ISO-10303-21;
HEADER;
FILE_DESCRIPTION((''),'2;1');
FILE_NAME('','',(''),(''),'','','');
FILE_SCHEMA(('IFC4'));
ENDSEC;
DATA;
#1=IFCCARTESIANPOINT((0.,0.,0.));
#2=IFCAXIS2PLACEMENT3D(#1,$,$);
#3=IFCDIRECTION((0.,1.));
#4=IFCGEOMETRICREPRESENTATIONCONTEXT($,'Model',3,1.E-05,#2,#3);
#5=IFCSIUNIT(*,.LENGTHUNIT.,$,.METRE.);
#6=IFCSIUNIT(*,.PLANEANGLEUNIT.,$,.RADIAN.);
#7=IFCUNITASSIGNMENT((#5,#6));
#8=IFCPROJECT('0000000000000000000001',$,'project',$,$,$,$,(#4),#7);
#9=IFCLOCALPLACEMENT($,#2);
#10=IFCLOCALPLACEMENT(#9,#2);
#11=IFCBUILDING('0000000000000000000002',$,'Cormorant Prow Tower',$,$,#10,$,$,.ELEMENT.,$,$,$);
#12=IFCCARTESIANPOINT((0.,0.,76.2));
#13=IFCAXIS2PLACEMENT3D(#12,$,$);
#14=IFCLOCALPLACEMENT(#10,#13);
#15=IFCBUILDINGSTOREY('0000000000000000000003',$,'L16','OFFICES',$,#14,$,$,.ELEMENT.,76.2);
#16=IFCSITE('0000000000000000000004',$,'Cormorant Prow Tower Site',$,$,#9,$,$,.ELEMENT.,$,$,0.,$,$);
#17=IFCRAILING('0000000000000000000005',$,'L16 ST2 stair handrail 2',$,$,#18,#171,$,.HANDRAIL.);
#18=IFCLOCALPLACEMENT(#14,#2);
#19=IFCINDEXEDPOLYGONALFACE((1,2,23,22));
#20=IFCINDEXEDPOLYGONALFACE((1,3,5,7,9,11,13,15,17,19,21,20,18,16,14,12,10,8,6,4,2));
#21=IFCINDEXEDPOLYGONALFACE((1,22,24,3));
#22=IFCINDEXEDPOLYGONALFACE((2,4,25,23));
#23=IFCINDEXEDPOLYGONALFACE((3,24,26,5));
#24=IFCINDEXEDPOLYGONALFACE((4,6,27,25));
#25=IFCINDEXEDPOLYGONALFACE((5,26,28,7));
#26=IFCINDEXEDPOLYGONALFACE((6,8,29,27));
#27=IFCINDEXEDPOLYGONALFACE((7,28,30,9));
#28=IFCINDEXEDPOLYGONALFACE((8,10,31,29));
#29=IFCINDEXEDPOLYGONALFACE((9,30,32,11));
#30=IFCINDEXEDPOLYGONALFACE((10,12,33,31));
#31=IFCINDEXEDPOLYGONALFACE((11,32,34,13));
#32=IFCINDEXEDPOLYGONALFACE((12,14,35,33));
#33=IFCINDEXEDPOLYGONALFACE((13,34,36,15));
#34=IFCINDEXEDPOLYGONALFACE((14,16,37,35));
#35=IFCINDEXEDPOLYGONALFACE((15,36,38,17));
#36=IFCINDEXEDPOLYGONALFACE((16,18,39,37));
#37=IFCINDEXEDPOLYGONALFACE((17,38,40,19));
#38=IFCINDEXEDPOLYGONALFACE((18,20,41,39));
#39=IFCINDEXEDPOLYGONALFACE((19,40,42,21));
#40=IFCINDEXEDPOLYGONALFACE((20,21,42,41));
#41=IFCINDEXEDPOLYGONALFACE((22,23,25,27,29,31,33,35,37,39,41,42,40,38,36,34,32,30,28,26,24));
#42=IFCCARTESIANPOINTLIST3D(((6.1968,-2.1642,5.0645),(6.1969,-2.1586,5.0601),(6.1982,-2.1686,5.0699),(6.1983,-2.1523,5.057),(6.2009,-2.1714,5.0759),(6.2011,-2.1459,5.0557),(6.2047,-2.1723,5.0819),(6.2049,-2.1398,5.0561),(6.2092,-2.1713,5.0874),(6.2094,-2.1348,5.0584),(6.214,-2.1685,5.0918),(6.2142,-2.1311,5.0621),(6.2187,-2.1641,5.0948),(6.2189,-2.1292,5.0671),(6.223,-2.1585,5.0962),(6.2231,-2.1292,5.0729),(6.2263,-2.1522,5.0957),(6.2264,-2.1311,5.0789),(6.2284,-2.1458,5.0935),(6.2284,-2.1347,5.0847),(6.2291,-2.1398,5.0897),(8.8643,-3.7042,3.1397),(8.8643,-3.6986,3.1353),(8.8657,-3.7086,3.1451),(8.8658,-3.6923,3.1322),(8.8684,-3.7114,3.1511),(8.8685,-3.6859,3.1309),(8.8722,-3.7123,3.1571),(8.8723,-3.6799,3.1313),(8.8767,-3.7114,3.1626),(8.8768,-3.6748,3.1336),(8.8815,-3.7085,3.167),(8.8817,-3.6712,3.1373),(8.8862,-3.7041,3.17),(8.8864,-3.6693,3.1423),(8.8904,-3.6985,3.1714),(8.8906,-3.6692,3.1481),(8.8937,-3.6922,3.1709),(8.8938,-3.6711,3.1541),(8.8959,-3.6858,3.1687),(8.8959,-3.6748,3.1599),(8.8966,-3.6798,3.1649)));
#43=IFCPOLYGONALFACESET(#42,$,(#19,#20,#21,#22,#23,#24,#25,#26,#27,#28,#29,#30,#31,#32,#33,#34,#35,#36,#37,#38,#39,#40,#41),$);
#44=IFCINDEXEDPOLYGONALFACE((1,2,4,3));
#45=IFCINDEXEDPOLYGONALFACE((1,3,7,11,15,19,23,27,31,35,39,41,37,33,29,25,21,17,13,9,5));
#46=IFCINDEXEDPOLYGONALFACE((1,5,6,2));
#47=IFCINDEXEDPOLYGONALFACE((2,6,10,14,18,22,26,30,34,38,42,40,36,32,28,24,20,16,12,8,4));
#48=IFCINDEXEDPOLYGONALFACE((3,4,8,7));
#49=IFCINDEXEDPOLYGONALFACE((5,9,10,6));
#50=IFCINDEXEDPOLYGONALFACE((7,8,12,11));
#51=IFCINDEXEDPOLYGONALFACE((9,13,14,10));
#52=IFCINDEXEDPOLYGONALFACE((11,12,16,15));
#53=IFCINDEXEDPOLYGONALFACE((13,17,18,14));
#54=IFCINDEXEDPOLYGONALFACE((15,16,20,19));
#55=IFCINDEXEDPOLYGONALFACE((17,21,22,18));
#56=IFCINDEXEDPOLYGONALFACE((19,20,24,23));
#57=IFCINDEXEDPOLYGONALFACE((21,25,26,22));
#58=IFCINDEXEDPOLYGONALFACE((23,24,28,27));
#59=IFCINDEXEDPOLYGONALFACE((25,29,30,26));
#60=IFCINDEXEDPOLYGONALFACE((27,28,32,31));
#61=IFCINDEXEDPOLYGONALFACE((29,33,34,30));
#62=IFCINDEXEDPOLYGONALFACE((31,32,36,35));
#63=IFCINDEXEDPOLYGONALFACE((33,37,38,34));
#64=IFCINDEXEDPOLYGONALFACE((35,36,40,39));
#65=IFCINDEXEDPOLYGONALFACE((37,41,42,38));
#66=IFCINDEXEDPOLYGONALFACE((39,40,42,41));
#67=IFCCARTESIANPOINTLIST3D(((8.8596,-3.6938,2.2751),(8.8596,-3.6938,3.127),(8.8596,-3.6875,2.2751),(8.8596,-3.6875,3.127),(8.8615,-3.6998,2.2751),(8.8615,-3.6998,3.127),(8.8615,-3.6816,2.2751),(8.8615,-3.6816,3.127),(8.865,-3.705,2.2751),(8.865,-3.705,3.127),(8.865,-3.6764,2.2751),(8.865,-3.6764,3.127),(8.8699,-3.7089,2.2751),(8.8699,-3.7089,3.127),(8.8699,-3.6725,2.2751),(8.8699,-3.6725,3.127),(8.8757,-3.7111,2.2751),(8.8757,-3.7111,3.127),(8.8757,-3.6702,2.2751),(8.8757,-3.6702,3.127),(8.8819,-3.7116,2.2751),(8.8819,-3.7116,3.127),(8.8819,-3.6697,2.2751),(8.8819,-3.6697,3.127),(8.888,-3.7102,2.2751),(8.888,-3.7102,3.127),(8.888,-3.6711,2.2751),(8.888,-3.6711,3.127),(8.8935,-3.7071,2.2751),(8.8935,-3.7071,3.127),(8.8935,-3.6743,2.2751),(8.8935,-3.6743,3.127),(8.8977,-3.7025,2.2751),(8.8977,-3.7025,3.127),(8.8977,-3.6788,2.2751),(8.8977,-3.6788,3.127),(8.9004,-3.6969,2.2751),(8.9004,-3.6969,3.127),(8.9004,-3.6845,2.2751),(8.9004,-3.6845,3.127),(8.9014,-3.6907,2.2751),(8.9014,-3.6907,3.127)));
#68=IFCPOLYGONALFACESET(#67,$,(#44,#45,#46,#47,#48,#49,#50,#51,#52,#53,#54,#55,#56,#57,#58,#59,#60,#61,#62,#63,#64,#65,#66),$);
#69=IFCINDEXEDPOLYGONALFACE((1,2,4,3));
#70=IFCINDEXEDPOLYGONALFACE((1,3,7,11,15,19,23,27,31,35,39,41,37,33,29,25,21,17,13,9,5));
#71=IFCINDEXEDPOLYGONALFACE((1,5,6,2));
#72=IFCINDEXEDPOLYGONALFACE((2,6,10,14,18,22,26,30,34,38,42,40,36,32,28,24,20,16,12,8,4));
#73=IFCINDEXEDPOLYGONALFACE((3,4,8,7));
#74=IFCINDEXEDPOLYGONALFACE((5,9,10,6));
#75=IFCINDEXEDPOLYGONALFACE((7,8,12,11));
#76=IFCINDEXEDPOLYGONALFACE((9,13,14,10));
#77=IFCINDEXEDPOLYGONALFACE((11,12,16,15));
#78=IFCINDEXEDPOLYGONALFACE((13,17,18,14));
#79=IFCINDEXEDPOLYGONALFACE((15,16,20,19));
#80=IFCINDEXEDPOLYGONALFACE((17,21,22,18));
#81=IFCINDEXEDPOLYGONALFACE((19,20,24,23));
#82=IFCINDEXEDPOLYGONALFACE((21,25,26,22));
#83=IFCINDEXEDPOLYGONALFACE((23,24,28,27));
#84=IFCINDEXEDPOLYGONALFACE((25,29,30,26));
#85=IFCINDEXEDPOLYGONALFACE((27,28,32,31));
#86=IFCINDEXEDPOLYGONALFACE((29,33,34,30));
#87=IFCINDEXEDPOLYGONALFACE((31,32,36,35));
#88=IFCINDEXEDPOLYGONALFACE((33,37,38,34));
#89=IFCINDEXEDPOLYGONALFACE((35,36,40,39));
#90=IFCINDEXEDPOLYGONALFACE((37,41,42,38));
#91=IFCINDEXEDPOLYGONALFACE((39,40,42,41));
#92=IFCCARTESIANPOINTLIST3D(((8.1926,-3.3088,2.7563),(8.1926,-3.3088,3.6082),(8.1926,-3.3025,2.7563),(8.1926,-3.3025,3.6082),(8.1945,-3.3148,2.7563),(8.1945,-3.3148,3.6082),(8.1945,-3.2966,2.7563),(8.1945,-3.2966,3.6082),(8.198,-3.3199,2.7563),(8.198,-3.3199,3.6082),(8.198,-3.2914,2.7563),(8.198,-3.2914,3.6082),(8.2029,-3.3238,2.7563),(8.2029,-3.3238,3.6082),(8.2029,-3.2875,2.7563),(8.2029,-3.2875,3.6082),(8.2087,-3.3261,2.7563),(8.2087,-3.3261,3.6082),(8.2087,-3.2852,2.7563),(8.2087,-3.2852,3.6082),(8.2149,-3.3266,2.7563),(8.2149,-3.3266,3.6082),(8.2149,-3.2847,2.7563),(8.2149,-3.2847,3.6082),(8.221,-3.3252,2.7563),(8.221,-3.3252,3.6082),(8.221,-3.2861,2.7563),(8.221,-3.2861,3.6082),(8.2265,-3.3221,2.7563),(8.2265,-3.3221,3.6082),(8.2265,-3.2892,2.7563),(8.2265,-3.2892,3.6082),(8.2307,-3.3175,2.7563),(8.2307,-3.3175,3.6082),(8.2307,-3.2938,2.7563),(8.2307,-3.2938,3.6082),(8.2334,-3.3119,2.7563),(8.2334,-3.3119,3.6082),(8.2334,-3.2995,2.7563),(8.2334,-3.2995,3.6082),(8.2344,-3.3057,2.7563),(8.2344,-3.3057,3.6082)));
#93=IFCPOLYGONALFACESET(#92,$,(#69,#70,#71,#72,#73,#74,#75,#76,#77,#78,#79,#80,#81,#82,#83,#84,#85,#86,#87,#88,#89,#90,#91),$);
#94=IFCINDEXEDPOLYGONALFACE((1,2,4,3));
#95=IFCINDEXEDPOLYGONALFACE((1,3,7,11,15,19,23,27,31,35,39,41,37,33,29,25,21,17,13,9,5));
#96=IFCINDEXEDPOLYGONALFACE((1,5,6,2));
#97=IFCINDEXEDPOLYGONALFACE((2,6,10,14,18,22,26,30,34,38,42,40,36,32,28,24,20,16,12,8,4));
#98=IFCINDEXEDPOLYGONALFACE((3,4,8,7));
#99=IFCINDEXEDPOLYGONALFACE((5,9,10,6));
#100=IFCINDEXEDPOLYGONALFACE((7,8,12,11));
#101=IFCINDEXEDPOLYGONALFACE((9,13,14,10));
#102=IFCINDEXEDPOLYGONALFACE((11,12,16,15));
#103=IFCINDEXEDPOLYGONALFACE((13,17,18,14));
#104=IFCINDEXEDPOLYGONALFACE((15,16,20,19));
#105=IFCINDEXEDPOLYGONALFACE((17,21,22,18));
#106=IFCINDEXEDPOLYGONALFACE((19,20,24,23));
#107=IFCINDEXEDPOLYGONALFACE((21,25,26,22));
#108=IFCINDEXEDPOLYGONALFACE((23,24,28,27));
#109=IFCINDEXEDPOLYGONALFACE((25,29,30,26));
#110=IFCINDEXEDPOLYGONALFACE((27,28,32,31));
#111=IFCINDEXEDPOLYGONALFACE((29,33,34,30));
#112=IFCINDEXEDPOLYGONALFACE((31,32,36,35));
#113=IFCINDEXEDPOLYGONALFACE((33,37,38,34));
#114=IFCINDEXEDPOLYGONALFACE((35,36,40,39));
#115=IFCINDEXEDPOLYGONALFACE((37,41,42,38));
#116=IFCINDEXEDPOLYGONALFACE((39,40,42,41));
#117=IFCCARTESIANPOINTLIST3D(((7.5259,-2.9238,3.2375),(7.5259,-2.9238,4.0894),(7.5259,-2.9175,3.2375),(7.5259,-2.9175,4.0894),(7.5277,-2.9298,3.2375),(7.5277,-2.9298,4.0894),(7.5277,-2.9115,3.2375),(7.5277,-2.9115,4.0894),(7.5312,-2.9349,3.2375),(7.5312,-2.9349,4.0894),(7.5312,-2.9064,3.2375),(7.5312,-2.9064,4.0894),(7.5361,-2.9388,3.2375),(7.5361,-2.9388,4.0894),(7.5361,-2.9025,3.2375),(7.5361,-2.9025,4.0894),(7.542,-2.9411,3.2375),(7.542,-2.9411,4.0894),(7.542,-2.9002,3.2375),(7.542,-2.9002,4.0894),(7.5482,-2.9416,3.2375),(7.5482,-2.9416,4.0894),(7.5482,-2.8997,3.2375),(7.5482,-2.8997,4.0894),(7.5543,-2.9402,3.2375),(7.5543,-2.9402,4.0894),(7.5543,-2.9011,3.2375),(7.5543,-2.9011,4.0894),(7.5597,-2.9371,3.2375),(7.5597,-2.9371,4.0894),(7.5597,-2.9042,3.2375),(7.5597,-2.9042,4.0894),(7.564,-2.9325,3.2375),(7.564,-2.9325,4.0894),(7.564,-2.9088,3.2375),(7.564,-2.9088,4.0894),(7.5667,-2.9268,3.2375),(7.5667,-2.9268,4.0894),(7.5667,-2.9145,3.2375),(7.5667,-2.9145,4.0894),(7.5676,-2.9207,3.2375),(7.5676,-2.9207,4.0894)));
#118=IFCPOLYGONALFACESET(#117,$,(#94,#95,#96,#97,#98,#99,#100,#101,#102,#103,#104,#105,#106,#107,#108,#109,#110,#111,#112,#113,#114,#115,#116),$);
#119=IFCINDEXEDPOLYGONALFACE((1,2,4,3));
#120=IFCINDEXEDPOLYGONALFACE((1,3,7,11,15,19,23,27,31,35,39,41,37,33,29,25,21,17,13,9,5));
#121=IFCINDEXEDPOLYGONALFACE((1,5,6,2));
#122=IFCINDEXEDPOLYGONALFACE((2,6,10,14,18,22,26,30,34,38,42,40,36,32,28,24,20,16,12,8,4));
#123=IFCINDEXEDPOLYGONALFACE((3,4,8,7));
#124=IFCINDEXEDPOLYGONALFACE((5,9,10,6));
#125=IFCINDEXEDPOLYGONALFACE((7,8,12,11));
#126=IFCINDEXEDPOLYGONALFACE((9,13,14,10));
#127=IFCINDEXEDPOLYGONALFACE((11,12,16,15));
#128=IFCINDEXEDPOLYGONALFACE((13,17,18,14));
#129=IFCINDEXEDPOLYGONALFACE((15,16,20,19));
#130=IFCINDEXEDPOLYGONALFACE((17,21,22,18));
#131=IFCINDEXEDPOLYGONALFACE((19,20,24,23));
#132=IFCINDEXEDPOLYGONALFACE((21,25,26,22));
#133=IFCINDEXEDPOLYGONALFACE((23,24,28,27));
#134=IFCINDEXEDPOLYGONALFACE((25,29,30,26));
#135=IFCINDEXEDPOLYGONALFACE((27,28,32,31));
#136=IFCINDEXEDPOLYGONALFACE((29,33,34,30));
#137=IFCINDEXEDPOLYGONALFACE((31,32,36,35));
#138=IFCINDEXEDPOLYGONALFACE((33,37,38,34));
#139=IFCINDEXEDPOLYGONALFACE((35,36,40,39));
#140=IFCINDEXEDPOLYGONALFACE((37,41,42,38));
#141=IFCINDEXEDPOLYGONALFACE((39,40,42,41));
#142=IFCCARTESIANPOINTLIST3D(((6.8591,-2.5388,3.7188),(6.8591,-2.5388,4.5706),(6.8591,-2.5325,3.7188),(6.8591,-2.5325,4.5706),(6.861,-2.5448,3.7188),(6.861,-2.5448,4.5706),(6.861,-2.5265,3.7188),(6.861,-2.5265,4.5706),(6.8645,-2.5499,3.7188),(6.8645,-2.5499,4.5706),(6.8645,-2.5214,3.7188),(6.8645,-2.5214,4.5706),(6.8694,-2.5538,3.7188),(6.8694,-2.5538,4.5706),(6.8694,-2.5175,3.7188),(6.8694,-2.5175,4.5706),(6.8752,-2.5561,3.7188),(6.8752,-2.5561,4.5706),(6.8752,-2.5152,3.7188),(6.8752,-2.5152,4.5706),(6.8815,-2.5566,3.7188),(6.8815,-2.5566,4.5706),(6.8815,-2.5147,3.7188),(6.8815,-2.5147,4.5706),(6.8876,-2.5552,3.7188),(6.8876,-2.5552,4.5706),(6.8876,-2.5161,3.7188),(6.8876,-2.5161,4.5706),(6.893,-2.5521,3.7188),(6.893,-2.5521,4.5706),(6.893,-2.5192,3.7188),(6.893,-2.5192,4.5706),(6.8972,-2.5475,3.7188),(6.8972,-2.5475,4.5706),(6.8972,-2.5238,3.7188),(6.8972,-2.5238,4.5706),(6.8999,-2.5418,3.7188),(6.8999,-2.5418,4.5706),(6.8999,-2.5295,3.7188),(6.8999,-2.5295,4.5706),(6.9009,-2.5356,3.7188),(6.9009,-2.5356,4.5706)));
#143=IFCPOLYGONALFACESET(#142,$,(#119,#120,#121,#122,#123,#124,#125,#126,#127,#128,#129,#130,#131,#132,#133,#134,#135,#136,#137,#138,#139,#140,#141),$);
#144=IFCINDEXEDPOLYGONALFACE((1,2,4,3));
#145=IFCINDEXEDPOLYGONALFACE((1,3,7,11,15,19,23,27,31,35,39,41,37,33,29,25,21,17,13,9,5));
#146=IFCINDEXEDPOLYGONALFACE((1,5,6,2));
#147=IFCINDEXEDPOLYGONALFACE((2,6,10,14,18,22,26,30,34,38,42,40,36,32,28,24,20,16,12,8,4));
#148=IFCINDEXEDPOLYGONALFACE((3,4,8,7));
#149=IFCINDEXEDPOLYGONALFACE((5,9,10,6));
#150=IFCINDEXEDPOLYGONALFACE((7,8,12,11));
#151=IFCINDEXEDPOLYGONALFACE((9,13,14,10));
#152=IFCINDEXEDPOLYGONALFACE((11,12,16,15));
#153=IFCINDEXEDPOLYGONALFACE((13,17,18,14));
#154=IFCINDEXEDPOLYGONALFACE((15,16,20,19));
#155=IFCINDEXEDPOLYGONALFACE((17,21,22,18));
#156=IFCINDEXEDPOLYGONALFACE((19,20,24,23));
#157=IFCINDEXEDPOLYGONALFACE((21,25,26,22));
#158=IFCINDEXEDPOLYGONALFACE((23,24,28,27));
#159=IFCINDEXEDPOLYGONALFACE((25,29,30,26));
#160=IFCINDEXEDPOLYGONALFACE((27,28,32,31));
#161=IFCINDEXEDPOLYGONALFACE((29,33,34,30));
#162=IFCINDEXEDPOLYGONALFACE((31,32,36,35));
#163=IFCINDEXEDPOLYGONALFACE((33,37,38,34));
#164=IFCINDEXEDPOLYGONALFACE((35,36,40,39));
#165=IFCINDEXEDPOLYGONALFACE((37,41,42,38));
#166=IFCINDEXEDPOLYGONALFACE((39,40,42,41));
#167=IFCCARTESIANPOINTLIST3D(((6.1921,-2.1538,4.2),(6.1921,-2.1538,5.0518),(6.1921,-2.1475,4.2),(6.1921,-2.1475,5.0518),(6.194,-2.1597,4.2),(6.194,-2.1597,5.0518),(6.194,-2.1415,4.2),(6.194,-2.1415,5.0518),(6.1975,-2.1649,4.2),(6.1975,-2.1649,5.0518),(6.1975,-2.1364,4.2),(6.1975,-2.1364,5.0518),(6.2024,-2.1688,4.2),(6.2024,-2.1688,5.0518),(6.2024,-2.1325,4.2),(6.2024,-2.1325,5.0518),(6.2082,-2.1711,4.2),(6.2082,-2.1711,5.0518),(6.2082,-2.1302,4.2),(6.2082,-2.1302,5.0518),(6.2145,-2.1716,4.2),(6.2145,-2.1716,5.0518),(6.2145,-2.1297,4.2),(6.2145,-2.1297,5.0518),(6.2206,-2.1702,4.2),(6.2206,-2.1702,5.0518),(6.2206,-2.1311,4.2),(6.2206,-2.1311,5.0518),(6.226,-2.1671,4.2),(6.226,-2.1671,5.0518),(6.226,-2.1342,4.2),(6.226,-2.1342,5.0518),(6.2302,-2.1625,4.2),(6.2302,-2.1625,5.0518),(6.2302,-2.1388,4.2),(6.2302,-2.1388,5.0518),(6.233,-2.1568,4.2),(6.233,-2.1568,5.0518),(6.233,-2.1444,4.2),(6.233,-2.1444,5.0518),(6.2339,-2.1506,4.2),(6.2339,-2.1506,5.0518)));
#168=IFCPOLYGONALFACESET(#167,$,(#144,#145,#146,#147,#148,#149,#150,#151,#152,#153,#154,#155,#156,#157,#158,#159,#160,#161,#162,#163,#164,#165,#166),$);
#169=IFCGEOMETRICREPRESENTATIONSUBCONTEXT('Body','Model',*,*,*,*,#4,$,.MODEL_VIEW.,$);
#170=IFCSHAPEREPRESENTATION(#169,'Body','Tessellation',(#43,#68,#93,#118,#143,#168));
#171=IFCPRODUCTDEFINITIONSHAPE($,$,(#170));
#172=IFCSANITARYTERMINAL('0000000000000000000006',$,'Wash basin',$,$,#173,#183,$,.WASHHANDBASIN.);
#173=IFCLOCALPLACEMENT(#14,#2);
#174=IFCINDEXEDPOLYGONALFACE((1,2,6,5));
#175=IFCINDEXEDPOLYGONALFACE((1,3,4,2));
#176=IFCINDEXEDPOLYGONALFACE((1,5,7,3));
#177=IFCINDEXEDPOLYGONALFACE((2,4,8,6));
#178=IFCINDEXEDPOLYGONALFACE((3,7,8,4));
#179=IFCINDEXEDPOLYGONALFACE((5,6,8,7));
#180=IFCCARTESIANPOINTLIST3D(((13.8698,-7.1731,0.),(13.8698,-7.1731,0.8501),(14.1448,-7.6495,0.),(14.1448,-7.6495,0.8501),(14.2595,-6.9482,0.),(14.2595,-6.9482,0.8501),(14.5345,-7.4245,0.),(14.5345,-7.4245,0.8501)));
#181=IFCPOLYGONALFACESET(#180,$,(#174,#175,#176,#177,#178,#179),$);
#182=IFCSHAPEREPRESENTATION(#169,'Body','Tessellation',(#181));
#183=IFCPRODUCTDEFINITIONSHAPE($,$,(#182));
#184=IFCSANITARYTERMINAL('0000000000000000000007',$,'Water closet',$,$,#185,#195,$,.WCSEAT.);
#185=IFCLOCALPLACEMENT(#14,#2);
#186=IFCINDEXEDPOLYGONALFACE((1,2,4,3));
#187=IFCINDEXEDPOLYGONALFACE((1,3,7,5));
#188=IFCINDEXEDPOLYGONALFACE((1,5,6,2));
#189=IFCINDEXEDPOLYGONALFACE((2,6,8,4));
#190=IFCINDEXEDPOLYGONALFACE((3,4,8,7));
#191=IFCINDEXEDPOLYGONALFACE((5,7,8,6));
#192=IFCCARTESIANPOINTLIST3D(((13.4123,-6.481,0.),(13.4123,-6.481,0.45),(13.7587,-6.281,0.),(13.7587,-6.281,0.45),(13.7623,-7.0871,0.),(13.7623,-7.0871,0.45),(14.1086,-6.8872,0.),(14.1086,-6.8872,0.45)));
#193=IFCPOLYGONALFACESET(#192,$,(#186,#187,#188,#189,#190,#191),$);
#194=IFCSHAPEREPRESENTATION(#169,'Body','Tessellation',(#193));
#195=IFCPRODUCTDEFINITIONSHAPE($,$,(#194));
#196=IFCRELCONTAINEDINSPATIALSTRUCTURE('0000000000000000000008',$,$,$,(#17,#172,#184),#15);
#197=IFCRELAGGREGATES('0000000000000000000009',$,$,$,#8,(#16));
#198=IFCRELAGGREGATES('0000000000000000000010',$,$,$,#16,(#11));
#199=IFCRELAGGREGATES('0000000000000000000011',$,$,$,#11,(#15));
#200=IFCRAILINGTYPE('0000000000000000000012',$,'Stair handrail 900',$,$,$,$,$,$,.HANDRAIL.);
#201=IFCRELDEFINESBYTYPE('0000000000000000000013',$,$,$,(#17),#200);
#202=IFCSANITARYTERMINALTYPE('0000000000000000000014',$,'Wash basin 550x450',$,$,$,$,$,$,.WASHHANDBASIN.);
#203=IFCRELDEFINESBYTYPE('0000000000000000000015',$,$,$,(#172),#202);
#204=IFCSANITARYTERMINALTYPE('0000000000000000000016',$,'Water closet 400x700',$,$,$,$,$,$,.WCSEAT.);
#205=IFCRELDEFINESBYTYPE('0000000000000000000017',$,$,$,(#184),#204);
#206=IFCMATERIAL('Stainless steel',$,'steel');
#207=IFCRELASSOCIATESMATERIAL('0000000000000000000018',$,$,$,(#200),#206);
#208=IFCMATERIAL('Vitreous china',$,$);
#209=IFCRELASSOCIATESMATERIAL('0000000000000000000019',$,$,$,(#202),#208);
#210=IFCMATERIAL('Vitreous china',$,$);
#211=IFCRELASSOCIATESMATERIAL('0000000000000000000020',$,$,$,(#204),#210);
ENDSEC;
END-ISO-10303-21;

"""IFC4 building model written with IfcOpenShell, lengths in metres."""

from ifc_helpers import new_model, si_unit, direction, frame, origin, origin_2d, place, context, subcontext, project, spatial, rectangle, circle, extrude, material, type_object, element, save


model = new_model("IFC4")

# Units and contexts
model_context = context("Model", 3, precision=1e-05, world=origin(), true_north=direction((0.0, 1.0)))
body_context = subcontext(model_context, "Body", "Model", "MODEL_VIEW")
ifc_project = project(units=[si_unit("LENGTHUNIT", "METRE"), si_unit("PLANEANGLEUNIT", "RADIAN")], contexts=[model_context])

# Site, building, storey
site_placement = place(None, origin())
site = spatial("IfcSite", under=ifc_project, at=site_placement, Name="Cormorant Prow Tower Site", CompositionType="ELEMENT", RefElevation=0.0)
building_placement = place(site_placement, origin())
building = spatial("IfcBuilding", under=site, at=building_placement, Name="Cormorant Prow Tower", CompositionType="ELEMENT")
storey_placement = place(building_placement, frame((0.0, 0.0, 76.2)))
storey = spatial("IfcBuildingStorey", under=building, at=storey_placement, Name="L16", Description="OFFICES", CompositionType="ELEMENT", Elevation=76.2)

# Railing
ifc_material_1 = material(Name="Stainless steel", Category="steel")
railing_type_1 = type_object("IfcRailingType", Name="Stair handrail 900", PredefinedType="HANDRAIL", material=ifc_material_1)
railing_1_placement = place(storey_placement, frame((8.8804, -3.6907, 2.2751)))
element("IfcRailing", 1, at=railing_1_placement, inside=storey, type_object=railing_type_1, Name="L16 ST2 stair handrail 2", PredefinedType="HANDRAIL", context=body_context, shape_type="SweptSolid", body=[
    extrude(circle(Radius=0.0239, at=origin_2d()), frame((0.0, 0.0, 0.876), z_axis=(-0.734421, 0.42401, 0.529945), x_axis=(-0.499992, -0.86603, 0.0)), (0.0, 0.0, 1.0), 3.6321),
    extrude(circle(Radius=0.021, at=origin_2d()), origin(), (0.0, 0.0, 1.0), 0.8518),
    extrude(circle(Radius=0.021, at=origin_2d()), frame((-0.667, 0.385, 0.4812)), (0.0, 0.0, 1.0), 0.8518),
    extrude(circle(Radius=0.021, at=origin_2d()), frame((-1.3337, 0.77, 0.9624)), (0.0, 0.0, 1.0), 0.8518),
    extrude(circle(Radius=0.021, at=origin_2d()), frame((-2.0005, 1.155, 1.4436)), (0.0, 0.0, 1.0), 0.8518),
    extrude(circle(Radius=0.021, at=origin_2d()), frame((-2.6675, 1.54, 1.9248)), (0.0, 0.0, 1.0), 0.8518),
])

# Sanitary terminals
ifc_material_2 = material(Name="Vitreous china")
sanitary_terminal_type_1 = type_object("IfcSanitaryTerminalType", Name="Wash basin 550x450", PredefinedType="WASHHANDBASIN", material=ifc_material_2)
sanitary_terminal_1_placement = place(storey_placement, frame((14.2021, -7.2988, 0.0), z_axis=(0.0, 0.0, 1.0), x_axis=(-0.5, 0.866025, 0.0)))
element("IfcSanitaryTerminal", 2, at=sanitary_terminal_1_placement, inside=storey, type_object=sanitary_terminal_type_1, Name="Wash basin", PredefinedType="WASHHANDBASIN", context=body_context, shape_type="SweptSolid", body=[
    extrude(rectangle(XDim=0.55, YDim=0.45, at=origin_2d()), origin(), (0.0, 0.0, 1.0), 0.8501),
])
ifc_material_3 = material(Name="Vitreous china")
sanitary_terminal_type_2 = type_object("IfcSanitaryTerminalType", Name="Water closet 400x700", PredefinedType="WCSEAT", material=ifc_material_3)
sanitary_terminal_2_placement = place(storey_placement, frame((13.7605, -6.6841, 0.0), z_axis=(0.0, 0.0, 1.0), x_axis=(-0.866025, -0.5, 0.0)))
element("IfcSanitaryTerminal", 3, at=sanitary_terminal_2_placement, inside=storey, type_object=sanitary_terminal_type_2, Name="Water closet", PredefinedType="WCSEAT", context=body_context, shape_type="SweptSolid", body=[
    extrude(rectangle(XDim=0.3999, YDim=0.7, at=origin_2d()), origin(), (0.0, 0.0, 1.0), 0.45),
])

save(model, "model.ifc")
